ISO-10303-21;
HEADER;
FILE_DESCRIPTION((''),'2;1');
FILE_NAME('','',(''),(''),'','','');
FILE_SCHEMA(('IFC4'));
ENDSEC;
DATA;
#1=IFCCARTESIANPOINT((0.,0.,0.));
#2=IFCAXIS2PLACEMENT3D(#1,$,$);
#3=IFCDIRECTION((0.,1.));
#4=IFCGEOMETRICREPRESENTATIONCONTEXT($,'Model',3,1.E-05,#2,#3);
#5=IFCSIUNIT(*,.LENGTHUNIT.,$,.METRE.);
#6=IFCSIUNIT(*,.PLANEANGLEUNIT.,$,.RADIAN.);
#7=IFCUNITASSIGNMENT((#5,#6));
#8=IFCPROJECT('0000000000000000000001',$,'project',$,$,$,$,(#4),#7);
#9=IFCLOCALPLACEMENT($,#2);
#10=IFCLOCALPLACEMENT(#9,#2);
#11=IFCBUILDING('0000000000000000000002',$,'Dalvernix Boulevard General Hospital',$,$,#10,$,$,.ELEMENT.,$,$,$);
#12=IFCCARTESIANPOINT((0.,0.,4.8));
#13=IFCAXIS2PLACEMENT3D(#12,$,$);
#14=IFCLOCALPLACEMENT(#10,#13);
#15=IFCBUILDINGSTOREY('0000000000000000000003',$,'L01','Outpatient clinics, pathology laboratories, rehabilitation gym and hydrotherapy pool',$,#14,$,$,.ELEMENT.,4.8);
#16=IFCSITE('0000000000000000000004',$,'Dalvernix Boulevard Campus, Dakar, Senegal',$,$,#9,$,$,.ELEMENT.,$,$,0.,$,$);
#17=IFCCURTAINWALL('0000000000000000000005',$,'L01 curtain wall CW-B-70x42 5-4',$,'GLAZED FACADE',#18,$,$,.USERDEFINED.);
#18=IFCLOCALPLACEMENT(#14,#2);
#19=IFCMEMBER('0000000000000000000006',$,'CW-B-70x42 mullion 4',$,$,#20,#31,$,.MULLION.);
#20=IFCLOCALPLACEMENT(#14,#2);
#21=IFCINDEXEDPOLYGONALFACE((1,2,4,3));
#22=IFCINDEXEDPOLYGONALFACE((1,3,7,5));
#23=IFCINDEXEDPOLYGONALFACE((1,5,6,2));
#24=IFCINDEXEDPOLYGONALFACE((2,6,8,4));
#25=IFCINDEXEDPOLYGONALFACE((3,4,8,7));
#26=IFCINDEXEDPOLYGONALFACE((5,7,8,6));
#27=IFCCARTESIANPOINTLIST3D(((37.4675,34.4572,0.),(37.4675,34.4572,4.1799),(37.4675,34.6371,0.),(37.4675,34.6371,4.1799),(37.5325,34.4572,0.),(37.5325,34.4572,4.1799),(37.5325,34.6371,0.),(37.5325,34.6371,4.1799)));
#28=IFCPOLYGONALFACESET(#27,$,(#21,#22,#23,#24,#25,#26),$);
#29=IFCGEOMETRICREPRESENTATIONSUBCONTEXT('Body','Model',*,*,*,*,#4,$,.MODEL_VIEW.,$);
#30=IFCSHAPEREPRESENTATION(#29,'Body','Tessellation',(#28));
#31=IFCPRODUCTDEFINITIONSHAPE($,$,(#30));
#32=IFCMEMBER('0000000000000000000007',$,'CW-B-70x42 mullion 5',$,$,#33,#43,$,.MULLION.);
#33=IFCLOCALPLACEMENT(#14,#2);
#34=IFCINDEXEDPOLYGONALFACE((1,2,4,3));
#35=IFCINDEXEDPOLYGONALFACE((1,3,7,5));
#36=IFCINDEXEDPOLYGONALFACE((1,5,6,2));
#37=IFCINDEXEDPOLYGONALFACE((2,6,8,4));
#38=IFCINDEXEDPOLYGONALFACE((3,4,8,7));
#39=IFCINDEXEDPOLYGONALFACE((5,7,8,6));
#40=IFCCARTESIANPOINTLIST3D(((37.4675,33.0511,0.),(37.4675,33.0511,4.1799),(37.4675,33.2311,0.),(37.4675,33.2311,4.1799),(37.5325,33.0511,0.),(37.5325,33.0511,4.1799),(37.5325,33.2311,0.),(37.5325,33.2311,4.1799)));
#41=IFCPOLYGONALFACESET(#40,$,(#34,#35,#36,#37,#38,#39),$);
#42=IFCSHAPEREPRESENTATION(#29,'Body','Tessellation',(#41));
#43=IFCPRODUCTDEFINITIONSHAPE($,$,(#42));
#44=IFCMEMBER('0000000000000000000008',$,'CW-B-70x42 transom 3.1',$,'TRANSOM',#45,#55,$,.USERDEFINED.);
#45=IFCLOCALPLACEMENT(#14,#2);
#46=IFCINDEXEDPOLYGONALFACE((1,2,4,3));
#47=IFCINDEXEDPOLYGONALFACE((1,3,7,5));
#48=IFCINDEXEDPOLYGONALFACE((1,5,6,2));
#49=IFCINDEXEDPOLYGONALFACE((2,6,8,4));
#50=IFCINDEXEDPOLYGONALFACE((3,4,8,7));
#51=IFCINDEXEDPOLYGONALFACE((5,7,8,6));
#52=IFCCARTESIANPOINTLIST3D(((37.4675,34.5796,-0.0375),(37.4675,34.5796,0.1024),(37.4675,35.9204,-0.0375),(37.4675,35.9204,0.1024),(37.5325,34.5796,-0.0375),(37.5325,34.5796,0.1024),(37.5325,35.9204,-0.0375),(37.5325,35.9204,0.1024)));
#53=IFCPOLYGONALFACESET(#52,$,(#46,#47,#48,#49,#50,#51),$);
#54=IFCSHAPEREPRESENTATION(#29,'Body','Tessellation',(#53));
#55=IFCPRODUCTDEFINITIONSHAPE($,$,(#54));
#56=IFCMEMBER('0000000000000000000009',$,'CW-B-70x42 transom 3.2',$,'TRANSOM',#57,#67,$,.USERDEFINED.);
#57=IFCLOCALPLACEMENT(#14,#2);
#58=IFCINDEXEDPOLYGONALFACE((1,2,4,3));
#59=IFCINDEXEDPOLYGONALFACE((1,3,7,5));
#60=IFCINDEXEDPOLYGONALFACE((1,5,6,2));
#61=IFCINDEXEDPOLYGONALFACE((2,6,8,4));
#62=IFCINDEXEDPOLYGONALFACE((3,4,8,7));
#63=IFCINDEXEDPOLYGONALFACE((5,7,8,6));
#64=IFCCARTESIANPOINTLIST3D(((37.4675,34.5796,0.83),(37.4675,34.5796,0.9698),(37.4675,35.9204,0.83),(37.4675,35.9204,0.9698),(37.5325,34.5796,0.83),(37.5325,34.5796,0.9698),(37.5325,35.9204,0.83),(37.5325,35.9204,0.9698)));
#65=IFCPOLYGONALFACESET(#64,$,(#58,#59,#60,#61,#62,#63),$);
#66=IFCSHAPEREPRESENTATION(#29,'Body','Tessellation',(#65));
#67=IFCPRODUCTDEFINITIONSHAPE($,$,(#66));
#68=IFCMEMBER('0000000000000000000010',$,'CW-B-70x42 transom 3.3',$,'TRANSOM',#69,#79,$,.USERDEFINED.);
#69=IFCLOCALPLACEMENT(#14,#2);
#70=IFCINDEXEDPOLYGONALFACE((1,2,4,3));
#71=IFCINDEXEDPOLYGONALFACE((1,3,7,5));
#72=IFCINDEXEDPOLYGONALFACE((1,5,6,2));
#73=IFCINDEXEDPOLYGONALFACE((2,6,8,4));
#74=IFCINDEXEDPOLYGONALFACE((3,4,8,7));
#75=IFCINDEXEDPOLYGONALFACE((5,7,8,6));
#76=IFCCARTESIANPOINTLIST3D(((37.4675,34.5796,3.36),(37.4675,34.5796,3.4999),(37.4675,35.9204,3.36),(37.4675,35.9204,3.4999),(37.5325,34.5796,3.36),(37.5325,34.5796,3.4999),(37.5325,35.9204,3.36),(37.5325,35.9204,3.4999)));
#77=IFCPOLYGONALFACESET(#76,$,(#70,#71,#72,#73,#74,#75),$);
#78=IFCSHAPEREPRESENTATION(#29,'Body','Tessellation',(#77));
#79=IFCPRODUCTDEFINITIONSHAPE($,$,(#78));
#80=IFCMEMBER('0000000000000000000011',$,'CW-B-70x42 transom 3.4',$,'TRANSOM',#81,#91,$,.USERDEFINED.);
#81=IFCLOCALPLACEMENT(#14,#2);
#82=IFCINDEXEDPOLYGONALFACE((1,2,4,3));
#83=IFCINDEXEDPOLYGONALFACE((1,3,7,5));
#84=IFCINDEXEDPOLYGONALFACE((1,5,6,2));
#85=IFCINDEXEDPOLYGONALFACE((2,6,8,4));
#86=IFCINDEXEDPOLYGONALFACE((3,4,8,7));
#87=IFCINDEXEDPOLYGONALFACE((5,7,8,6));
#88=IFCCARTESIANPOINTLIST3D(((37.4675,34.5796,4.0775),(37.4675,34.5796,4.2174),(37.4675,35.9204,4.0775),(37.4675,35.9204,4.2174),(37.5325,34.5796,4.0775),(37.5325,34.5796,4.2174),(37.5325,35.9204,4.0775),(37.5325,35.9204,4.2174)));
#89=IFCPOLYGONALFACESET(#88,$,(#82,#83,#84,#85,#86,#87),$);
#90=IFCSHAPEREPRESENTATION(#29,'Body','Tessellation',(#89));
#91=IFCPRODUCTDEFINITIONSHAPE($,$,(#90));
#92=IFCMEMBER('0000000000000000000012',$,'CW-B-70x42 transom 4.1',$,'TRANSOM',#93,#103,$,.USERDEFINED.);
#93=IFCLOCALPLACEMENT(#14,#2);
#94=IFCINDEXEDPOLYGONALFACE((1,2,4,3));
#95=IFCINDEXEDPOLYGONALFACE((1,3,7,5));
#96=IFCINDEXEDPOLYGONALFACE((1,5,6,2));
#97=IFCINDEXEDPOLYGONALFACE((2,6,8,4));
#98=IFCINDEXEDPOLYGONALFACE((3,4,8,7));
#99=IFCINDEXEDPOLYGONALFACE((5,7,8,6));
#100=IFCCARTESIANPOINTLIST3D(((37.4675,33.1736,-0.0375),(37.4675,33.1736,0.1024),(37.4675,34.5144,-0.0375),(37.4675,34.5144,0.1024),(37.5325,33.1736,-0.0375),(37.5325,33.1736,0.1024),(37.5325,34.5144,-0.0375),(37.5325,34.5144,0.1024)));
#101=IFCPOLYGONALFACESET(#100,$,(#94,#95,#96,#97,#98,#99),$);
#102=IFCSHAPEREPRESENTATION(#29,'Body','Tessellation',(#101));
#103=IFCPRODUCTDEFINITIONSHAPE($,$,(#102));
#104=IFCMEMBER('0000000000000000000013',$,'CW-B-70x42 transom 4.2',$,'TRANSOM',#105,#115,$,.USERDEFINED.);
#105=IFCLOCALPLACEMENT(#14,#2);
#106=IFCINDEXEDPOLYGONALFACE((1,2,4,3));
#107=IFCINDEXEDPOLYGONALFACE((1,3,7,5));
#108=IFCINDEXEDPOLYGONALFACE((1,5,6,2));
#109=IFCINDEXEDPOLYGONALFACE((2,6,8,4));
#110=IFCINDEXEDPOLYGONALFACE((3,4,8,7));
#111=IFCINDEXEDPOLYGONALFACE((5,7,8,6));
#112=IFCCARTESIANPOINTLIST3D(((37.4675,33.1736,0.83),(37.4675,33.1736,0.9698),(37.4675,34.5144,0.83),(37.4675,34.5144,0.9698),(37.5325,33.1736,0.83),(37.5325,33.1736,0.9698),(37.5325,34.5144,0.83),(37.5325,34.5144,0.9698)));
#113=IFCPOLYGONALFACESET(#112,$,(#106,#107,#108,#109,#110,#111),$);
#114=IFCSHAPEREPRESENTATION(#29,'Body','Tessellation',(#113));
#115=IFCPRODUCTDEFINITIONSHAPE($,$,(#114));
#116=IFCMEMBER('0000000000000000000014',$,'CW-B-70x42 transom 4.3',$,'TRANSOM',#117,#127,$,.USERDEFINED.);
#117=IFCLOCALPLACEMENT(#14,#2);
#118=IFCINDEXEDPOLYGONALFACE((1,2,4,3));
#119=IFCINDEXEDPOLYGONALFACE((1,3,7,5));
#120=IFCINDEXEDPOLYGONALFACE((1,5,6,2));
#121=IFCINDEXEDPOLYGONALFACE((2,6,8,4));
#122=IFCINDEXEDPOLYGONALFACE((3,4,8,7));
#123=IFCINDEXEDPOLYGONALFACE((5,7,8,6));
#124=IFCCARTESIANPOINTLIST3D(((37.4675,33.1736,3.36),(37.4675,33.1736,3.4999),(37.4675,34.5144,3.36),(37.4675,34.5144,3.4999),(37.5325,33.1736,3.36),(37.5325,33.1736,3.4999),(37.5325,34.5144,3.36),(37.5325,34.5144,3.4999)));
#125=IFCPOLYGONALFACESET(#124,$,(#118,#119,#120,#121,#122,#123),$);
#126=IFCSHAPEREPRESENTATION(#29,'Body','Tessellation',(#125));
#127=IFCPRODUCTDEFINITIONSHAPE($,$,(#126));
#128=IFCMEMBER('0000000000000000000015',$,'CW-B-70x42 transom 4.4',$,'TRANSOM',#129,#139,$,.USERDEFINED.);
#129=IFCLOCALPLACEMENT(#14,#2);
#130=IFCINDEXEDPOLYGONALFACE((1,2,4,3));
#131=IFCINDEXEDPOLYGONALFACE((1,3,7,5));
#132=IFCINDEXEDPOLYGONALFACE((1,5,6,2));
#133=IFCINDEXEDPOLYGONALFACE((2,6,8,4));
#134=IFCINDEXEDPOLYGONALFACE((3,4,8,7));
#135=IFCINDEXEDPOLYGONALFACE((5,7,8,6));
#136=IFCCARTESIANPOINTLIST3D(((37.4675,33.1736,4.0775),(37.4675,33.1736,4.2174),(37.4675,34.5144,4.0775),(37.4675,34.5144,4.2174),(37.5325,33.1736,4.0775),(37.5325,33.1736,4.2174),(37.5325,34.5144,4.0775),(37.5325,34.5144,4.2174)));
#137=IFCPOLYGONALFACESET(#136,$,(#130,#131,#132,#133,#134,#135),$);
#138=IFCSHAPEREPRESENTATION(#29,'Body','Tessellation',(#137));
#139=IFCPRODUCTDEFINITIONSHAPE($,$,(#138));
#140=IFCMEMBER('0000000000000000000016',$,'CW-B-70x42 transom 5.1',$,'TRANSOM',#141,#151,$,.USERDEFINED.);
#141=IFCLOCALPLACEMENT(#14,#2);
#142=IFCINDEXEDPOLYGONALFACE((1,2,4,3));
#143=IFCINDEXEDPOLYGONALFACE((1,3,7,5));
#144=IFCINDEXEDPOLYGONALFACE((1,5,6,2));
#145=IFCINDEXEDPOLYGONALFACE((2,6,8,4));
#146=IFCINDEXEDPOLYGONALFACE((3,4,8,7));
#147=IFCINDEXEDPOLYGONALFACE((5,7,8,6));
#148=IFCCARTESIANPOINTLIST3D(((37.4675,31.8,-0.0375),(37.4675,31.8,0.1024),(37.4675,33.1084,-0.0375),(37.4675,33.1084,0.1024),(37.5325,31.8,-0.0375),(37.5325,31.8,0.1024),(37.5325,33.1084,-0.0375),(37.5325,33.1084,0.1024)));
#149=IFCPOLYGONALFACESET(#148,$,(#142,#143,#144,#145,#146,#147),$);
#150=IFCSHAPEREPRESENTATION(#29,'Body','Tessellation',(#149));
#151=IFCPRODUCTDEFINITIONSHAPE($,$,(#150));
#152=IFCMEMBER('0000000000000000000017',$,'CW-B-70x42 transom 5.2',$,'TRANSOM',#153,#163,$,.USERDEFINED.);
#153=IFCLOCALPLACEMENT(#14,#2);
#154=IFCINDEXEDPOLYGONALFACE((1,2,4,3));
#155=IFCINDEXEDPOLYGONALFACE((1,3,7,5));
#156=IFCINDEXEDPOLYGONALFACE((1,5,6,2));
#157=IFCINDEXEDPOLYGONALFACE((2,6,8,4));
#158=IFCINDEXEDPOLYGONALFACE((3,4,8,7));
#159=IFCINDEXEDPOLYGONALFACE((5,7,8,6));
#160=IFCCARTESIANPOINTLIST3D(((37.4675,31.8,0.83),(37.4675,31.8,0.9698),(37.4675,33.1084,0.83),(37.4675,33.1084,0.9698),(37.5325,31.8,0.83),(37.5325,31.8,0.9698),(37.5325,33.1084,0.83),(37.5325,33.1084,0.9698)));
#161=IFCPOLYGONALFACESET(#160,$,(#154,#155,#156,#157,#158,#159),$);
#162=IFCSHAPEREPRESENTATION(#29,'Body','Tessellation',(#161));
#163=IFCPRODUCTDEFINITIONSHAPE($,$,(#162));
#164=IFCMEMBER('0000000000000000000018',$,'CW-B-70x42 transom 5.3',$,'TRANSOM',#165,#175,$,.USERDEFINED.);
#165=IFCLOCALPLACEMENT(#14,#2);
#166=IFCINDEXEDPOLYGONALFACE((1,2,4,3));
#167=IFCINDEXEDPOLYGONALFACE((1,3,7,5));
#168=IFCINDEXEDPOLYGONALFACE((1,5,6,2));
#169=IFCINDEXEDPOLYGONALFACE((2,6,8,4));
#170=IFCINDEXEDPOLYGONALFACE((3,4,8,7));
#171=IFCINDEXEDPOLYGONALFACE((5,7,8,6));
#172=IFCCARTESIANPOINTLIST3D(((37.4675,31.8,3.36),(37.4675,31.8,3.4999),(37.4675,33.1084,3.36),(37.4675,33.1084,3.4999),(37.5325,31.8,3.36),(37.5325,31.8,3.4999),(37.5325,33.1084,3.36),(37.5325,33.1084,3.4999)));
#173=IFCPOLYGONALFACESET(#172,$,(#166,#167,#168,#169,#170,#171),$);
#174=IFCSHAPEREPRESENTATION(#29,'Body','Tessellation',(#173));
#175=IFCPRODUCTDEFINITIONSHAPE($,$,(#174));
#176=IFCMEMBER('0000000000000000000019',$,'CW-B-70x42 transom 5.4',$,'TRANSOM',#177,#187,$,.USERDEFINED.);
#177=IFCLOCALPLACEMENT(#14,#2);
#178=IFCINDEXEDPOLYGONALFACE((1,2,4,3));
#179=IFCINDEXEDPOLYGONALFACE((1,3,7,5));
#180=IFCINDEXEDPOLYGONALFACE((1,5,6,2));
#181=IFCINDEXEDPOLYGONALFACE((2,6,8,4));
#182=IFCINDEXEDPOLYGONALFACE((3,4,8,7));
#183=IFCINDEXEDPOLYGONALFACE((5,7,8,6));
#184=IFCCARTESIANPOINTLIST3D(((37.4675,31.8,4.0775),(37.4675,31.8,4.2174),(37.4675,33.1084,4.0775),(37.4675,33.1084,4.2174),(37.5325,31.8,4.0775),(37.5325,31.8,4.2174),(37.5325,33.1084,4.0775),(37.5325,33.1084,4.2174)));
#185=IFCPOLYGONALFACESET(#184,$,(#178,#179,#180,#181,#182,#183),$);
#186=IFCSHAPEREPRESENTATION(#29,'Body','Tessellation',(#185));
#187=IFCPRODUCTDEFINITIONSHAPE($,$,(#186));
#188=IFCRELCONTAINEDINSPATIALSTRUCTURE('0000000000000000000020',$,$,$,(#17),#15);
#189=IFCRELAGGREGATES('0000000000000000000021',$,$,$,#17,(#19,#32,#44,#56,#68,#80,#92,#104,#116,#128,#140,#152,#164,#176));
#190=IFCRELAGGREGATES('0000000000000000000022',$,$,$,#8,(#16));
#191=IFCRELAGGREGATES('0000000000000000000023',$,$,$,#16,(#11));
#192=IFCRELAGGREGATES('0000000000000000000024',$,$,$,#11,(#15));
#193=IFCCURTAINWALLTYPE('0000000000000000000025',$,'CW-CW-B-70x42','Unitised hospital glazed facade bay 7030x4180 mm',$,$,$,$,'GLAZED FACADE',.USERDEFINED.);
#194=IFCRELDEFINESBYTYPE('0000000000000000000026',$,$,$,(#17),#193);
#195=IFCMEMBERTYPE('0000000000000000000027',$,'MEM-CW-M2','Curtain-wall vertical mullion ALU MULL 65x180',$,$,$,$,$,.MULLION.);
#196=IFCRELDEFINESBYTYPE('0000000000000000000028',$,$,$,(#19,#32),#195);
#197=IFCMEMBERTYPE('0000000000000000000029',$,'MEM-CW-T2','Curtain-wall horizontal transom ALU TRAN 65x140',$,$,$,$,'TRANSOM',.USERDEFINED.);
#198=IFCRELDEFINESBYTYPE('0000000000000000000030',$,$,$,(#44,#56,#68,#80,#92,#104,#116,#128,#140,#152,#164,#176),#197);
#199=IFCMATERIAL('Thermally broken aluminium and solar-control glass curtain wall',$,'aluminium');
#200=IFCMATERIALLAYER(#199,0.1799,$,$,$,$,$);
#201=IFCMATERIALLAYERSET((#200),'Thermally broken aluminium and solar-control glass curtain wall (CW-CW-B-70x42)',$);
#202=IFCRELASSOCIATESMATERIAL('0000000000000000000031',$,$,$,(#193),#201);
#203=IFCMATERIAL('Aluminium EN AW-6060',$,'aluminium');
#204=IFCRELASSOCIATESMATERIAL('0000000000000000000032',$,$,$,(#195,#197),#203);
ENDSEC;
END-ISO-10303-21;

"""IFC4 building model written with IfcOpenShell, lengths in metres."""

from ifc_helpers import new_model, si_unit, direction, frame, origin, origin_2d, place, context, subcontext, project, spatial, rectangle, extrude, material, layer, layer_set, material_profile, profile_set, type_object, element, aggregate, save


model = new_model("IFC4")

# Units and contexts
model_context = context("Model", 3, precision=1e-05, world=origin(), true_north=direction((0.0, 1.0)))
body_context = subcontext(model_context, "Body", "Model", "MODEL_VIEW")
ifc_project = project(units=[si_unit("LENGTHUNIT", "METRE"), si_unit("PLANEANGLEUNIT", "RADIAN")], contexts=[model_context])

# Site, building, storey
site_placement = place(None, origin())
site = spatial("IfcSite", under=ifc_project, at=site_placement, Name="Dalvernix Boulevard Campus, Dakar, Senegal", CompositionType="ELEMENT", RefElevation=0.0)
building_placement = place(site_placement, origin())
building = spatial("IfcBuilding", under=site, at=building_placement, Name="Dalvernix Boulevard General Hospital", CompositionType="ELEMENT")
storey_placement = place(building_placement, frame((0.0, 0.0, 4.8)))
storey = spatial("IfcBuildingStorey", under=building, at=storey_placement, Name="L01", Description="Outpatient clinics, pathology laboratories, rehabilitation gym and hydrotherapy pool", CompositionType="ELEMENT", Elevation=4.8)

# Curtain wall, members
ifc_material_1 = material(Name="Thermally broken aluminium and solar-control glass curtain wall", Category="aluminium")
ifc_layer_1 = layer(ifc_material_1, 0.1799)
ifc_layer_set_1 = layer_set([ifc_layer_1], Name="Thermally broken aluminium and solar-control glass curtain wall (CW-CW-B-70x42)")
curtain_wall_type = type_object("IfcCurtainWallType", Name="CW-CW-B-70x42", Description="Unitised hospital glazed facade bay 7030x4180 mm", ElementType="GLAZED FACADE", PredefinedType="USERDEFINED", material=ifc_layer_set_1)
curtain_wall_placement = place(storey_placement, origin())
curtain_wall = element("IfcCurtainWall", 1, at=curtain_wall_placement, inside=storey, type_object=curtain_wall_type, Name="L01 curtain wall CW-B-70x42 5-4", ObjectType="GLAZED FACADE", PredefinedType="USERDEFINED")
ifc_material_2 = material(Name="Aluminium EN AW-6060", Category="aluminium")
ifc_material_profile_1 = material_profile(ifc_material_2, rectangle(XDim=0.0649, YDim=0.1799, at=origin_2d()), Name="ALU MULL 65x180")
ifc_profile_set_1 = profile_set([ifc_material_profile_1], Name="Aluminium EN AW-6060")
member_type_1 = type_object("IfcMemberType", Name="MEM-CW-M2", Description="Curtain-wall vertical mullion ALU MULL 65x180", PredefinedType="MULLION", material=ifc_profile_set_1)
member_1_placement = place(storey_placement, frame((37.5, 34.5471, 0.0), z_axis=(0.0, 0.0, 1.0), x_axis=(1.0, 0.0, 0.0)))
member_1 = element("IfcMember", 2, at=member_1_placement, type_object=member_type_1, Name="CW-B-70x42 mullion 4", PredefinedType="MULLION", context=body_context, shape_type="SweptSolid", body=[
    extrude(rectangle(XDim=0.0649, YDim=0.1799, at=origin_2d()), origin(), (0.0, 0.0, 1.0), 4.1799),
])
member_2_placement = place(storey_placement, frame((37.5, 33.1411, 0.0), z_axis=(0.0, 0.0, 1.0), x_axis=(1.0, 0.0, 0.0)))
member_2 = element("IfcMember", 3, at=member_2_placement, type_object=member_type_1, Name="CW-B-70x42 mullion 5", PredefinedType="MULLION", context=body_context, shape_type="SweptSolid", body=[
    extrude(rectangle(XDim=0.0649, YDim=0.1799, at=origin_2d()), origin(), (0.0, 0.0, 1.0), 4.1799),
])
ifc_material_profile_2 = material_profile(ifc_material_2, rectangle(XDim=0.0649, YDim=0.1399, at=origin_2d()), Name="ALU TRAN 65x140")
ifc_profile_set_2 = profile_set([ifc_material_profile_2], Name="Aluminium EN AW-6060")
member_type_2 = type_object("IfcMemberType", Name="MEM-CW-T2", Description="Curtain-wall horizontal transom ALU TRAN 65x140", ElementType="TRANSOM", PredefinedType="USERDEFINED", material=ifc_profile_set_2)
member_3_placement = place(storey_placement, frame((37.5, 35.9204, 0.0325), z_axis=(0.0, -1.0, 0.0), x_axis=(1.0, 0.0, 0.0)))
member_3 = element("IfcMember", 4, at=member_3_placement, type_object=member_type_2, Name="CW-B-70x42 transom 3.1", ObjectType="TRANSOM", PredefinedType="USERDEFINED", context=body_context, shape_type="SweptSolid", body=[
    extrude(rectangle(XDim=0.0649, YDim=0.1399, at=origin_2d()), origin(), (0.0, 0.0, 1.0), 1.3408),
])
member_4_placement = place(storey_placement, frame((37.5, 35.9204, 0.8999), z_axis=(0.0, -1.0, 0.0), x_axis=(1.0, 0.0, 0.0)))
member_4 = element("IfcMember", 5, at=member_4_placement, type_object=member_type_2, Name="CW-B-70x42 transom 3.2", ObjectType="TRANSOM", PredefinedType="USERDEFINED", context=body_context, shape_type="SweptSolid", body=[
    extrude(rectangle(XDim=0.0649, YDim=0.1399, at=origin_2d()), origin(), (0.0, 0.0, 1.0), 1.3408),
])
member_5_placement = place(storey_placement, frame((37.5, 35.9204, 3.4299), z_axis=(0.0, -1.0, 0.0), x_axis=(1.0, 0.0, 0.0)))
member_5 = element("IfcMember", 6, at=member_5_placement, type_object=member_type_2, Name="CW-B-70x42 transom 3.3", ObjectType="TRANSOM", PredefinedType="USERDEFINED", context=body_context, shape_type="SweptSolid", body=[
    extrude(rectangle(XDim=0.0649, YDim=0.1399, at=origin_2d()), origin(), (0.0, 0.0, 1.0), 1.3408),
])
member_6_placement = place(storey_placement, frame((37.5, 35.9204, 4.1475), z_axis=(0.0, -1.0, 0.0), x_axis=(1.0, 0.0, 0.0)))
member_6 = element("IfcMember", 7, at=member_6_placement, type_object=member_type_2, Name="CW-B-70x42 transom 3.4", ObjectType="TRANSOM", PredefinedType="USERDEFINED", context=body_context, shape_type="SweptSolid", body=[
    extrude(rectangle(XDim=0.0649, YDim=0.1399, at=origin_2d()), origin(), (0.0, 0.0, 1.0), 1.3408),
])
member_7_placement = place(storey_placement, frame((37.5, 34.5144, 0.0325), z_axis=(0.0, -1.0, 0.0), x_axis=(1.0, 0.0, 0.0)))
member_7 = element("IfcMember", 8, at=member_7_placement, type_object=member_type_2, Name="CW-B-70x42 transom 4.1", ObjectType="TRANSOM", PredefinedType="USERDEFINED", context=body_context, shape_type="SweptSolid", body=[
    extrude(rectangle(XDim=0.0649, YDim=0.1399, at=origin_2d()), origin(), (0.0, 0.0, 1.0), 1.3408),
])
member_8_placement = place(storey_placement, frame((37.5, 34.5144, 0.8999), z_axis=(0.0, -1.0, 0.0), x_axis=(1.0, 0.0, 0.0)))
member_8 = element("IfcMember", 9, at=member_8_placement, type_object=member_type_2, Name="CW-B-70x42 transom 4.2", ObjectType="TRANSOM", PredefinedType="USERDEFINED", context=body_context, shape_type="SweptSolid", body=[
    extrude(rectangle(XDim=0.0649, YDim=0.1399, at=origin_2d()), origin(), (0.0, 0.0, 1.0), 1.3408),
])
member_9_placement = place(storey_placement, frame((37.5, 34.5144, 3.4299), z_axis=(0.0, -1.0, 0.0), x_axis=(1.0, 0.0, 0.0)))
member_9 = element("IfcMember", 10, at=member_9_placement, type_object=member_type_2, Name="CW-B-70x42 transom 4.3", ObjectType="TRANSOM", PredefinedType="USERDEFINED", context=body_context, shape_type="SweptSolid", body=[
    extrude(rectangle(XDim=0.0649, YDim=0.1399, at=origin_2d()), origin(), (0.0, 0.0, 1.0), 1.3408),
])
member_10_placement = place(storey_placement, frame((37.5, 34.5144, 4.1475), z_axis=(0.0, -1.0, 0.0), x_axis=(1.0, 0.0, 0.0)))
member_10 = element("IfcMember", 11, at=member_10_placement, type_object=member_type_2, Name="CW-B-70x42 transom 4.4", ObjectType="TRANSOM", PredefinedType="USERDEFINED", context=body_context, shape_type="SweptSolid", body=[
    extrude(rectangle(XDim=0.0649, YDim=0.1399, at=origin_2d()), origin(), (0.0, 0.0, 1.0), 1.3408),
])
member_11_placement = place(storey_placement, frame((37.5, 33.1084, 0.0325), z_axis=(0.0, -1.0, 0.0), x_axis=(1.0, 0.0, 0.0)))
member_11 = element("IfcMember", 12, at=member_11_placement, type_object=member_type_2, Name="CW-B-70x42 transom 5.1", ObjectType="TRANSOM", PredefinedType="USERDEFINED", context=body_context, shape_type="SweptSolid", body=[
    extrude(rectangle(XDim=0.0649, YDim=0.1399, at=origin_2d()), origin(), (0.0, 0.0, 1.0), 1.3083),
])
member_12_placement = place(storey_placement, frame((37.5, 33.1084, 0.8999), z_axis=(0.0, -1.0, 0.0), x_axis=(1.0, 0.0, 0.0)))
member_12 = element("IfcMember", 13, at=member_12_placement, type_object=member_type_2, Name="CW-B-70x42 transom 5.2", ObjectType="TRANSOM", PredefinedType="USERDEFINED", context=body_context, shape_type="SweptSolid", body=[
    extrude(rectangle(XDim=0.0649, YDim=0.1399, at=origin_2d()), origin(), (0.0, 0.0, 1.0), 1.3083),
])
member_13_placement = place(storey_placement, frame((37.5, 33.1084, 3.4299), z_axis=(0.0, -1.0, 0.0), x_axis=(1.0, 0.0, 0.0)))
member_13 = element("IfcMember", 14, at=member_13_placement, type_object=member_type_2, Name="CW-B-70x42 transom 5.3", ObjectType="TRANSOM", PredefinedType="USERDEFINED", context=body_context, shape_type="SweptSolid", body=[
    extrude(rectangle(XDim=0.0649, YDim=0.1399, at=origin_2d()), origin(), (0.0, 0.0, 1.0), 1.3083),
])
member_14_placement = place(storey_placement, frame((37.5, 33.1084, 4.1475), z_axis=(0.0, -1.0, 0.0), x_axis=(1.0, 0.0, 0.0)))
member_14 = element("IfcMember", 15, at=member_14_placement, type_object=member_type_2, Name="CW-B-70x42 transom 5.4", ObjectType="TRANSOM", PredefinedType="USERDEFINED", context=body_context, shape_type="SweptSolid", body=[
    extrude(rectangle(XDim=0.0649, YDim=0.1399, at=origin_2d()), origin(), (0.0, 0.0, 1.0), 1.3083),
])
aggregate(curtain_wall, [member_1, member_2, member_3, member_4, member_5, member_6, member_7, member_8, member_9, member_10, member_11, member_12, member_13, member_14])

save(model, "model.ifc")
